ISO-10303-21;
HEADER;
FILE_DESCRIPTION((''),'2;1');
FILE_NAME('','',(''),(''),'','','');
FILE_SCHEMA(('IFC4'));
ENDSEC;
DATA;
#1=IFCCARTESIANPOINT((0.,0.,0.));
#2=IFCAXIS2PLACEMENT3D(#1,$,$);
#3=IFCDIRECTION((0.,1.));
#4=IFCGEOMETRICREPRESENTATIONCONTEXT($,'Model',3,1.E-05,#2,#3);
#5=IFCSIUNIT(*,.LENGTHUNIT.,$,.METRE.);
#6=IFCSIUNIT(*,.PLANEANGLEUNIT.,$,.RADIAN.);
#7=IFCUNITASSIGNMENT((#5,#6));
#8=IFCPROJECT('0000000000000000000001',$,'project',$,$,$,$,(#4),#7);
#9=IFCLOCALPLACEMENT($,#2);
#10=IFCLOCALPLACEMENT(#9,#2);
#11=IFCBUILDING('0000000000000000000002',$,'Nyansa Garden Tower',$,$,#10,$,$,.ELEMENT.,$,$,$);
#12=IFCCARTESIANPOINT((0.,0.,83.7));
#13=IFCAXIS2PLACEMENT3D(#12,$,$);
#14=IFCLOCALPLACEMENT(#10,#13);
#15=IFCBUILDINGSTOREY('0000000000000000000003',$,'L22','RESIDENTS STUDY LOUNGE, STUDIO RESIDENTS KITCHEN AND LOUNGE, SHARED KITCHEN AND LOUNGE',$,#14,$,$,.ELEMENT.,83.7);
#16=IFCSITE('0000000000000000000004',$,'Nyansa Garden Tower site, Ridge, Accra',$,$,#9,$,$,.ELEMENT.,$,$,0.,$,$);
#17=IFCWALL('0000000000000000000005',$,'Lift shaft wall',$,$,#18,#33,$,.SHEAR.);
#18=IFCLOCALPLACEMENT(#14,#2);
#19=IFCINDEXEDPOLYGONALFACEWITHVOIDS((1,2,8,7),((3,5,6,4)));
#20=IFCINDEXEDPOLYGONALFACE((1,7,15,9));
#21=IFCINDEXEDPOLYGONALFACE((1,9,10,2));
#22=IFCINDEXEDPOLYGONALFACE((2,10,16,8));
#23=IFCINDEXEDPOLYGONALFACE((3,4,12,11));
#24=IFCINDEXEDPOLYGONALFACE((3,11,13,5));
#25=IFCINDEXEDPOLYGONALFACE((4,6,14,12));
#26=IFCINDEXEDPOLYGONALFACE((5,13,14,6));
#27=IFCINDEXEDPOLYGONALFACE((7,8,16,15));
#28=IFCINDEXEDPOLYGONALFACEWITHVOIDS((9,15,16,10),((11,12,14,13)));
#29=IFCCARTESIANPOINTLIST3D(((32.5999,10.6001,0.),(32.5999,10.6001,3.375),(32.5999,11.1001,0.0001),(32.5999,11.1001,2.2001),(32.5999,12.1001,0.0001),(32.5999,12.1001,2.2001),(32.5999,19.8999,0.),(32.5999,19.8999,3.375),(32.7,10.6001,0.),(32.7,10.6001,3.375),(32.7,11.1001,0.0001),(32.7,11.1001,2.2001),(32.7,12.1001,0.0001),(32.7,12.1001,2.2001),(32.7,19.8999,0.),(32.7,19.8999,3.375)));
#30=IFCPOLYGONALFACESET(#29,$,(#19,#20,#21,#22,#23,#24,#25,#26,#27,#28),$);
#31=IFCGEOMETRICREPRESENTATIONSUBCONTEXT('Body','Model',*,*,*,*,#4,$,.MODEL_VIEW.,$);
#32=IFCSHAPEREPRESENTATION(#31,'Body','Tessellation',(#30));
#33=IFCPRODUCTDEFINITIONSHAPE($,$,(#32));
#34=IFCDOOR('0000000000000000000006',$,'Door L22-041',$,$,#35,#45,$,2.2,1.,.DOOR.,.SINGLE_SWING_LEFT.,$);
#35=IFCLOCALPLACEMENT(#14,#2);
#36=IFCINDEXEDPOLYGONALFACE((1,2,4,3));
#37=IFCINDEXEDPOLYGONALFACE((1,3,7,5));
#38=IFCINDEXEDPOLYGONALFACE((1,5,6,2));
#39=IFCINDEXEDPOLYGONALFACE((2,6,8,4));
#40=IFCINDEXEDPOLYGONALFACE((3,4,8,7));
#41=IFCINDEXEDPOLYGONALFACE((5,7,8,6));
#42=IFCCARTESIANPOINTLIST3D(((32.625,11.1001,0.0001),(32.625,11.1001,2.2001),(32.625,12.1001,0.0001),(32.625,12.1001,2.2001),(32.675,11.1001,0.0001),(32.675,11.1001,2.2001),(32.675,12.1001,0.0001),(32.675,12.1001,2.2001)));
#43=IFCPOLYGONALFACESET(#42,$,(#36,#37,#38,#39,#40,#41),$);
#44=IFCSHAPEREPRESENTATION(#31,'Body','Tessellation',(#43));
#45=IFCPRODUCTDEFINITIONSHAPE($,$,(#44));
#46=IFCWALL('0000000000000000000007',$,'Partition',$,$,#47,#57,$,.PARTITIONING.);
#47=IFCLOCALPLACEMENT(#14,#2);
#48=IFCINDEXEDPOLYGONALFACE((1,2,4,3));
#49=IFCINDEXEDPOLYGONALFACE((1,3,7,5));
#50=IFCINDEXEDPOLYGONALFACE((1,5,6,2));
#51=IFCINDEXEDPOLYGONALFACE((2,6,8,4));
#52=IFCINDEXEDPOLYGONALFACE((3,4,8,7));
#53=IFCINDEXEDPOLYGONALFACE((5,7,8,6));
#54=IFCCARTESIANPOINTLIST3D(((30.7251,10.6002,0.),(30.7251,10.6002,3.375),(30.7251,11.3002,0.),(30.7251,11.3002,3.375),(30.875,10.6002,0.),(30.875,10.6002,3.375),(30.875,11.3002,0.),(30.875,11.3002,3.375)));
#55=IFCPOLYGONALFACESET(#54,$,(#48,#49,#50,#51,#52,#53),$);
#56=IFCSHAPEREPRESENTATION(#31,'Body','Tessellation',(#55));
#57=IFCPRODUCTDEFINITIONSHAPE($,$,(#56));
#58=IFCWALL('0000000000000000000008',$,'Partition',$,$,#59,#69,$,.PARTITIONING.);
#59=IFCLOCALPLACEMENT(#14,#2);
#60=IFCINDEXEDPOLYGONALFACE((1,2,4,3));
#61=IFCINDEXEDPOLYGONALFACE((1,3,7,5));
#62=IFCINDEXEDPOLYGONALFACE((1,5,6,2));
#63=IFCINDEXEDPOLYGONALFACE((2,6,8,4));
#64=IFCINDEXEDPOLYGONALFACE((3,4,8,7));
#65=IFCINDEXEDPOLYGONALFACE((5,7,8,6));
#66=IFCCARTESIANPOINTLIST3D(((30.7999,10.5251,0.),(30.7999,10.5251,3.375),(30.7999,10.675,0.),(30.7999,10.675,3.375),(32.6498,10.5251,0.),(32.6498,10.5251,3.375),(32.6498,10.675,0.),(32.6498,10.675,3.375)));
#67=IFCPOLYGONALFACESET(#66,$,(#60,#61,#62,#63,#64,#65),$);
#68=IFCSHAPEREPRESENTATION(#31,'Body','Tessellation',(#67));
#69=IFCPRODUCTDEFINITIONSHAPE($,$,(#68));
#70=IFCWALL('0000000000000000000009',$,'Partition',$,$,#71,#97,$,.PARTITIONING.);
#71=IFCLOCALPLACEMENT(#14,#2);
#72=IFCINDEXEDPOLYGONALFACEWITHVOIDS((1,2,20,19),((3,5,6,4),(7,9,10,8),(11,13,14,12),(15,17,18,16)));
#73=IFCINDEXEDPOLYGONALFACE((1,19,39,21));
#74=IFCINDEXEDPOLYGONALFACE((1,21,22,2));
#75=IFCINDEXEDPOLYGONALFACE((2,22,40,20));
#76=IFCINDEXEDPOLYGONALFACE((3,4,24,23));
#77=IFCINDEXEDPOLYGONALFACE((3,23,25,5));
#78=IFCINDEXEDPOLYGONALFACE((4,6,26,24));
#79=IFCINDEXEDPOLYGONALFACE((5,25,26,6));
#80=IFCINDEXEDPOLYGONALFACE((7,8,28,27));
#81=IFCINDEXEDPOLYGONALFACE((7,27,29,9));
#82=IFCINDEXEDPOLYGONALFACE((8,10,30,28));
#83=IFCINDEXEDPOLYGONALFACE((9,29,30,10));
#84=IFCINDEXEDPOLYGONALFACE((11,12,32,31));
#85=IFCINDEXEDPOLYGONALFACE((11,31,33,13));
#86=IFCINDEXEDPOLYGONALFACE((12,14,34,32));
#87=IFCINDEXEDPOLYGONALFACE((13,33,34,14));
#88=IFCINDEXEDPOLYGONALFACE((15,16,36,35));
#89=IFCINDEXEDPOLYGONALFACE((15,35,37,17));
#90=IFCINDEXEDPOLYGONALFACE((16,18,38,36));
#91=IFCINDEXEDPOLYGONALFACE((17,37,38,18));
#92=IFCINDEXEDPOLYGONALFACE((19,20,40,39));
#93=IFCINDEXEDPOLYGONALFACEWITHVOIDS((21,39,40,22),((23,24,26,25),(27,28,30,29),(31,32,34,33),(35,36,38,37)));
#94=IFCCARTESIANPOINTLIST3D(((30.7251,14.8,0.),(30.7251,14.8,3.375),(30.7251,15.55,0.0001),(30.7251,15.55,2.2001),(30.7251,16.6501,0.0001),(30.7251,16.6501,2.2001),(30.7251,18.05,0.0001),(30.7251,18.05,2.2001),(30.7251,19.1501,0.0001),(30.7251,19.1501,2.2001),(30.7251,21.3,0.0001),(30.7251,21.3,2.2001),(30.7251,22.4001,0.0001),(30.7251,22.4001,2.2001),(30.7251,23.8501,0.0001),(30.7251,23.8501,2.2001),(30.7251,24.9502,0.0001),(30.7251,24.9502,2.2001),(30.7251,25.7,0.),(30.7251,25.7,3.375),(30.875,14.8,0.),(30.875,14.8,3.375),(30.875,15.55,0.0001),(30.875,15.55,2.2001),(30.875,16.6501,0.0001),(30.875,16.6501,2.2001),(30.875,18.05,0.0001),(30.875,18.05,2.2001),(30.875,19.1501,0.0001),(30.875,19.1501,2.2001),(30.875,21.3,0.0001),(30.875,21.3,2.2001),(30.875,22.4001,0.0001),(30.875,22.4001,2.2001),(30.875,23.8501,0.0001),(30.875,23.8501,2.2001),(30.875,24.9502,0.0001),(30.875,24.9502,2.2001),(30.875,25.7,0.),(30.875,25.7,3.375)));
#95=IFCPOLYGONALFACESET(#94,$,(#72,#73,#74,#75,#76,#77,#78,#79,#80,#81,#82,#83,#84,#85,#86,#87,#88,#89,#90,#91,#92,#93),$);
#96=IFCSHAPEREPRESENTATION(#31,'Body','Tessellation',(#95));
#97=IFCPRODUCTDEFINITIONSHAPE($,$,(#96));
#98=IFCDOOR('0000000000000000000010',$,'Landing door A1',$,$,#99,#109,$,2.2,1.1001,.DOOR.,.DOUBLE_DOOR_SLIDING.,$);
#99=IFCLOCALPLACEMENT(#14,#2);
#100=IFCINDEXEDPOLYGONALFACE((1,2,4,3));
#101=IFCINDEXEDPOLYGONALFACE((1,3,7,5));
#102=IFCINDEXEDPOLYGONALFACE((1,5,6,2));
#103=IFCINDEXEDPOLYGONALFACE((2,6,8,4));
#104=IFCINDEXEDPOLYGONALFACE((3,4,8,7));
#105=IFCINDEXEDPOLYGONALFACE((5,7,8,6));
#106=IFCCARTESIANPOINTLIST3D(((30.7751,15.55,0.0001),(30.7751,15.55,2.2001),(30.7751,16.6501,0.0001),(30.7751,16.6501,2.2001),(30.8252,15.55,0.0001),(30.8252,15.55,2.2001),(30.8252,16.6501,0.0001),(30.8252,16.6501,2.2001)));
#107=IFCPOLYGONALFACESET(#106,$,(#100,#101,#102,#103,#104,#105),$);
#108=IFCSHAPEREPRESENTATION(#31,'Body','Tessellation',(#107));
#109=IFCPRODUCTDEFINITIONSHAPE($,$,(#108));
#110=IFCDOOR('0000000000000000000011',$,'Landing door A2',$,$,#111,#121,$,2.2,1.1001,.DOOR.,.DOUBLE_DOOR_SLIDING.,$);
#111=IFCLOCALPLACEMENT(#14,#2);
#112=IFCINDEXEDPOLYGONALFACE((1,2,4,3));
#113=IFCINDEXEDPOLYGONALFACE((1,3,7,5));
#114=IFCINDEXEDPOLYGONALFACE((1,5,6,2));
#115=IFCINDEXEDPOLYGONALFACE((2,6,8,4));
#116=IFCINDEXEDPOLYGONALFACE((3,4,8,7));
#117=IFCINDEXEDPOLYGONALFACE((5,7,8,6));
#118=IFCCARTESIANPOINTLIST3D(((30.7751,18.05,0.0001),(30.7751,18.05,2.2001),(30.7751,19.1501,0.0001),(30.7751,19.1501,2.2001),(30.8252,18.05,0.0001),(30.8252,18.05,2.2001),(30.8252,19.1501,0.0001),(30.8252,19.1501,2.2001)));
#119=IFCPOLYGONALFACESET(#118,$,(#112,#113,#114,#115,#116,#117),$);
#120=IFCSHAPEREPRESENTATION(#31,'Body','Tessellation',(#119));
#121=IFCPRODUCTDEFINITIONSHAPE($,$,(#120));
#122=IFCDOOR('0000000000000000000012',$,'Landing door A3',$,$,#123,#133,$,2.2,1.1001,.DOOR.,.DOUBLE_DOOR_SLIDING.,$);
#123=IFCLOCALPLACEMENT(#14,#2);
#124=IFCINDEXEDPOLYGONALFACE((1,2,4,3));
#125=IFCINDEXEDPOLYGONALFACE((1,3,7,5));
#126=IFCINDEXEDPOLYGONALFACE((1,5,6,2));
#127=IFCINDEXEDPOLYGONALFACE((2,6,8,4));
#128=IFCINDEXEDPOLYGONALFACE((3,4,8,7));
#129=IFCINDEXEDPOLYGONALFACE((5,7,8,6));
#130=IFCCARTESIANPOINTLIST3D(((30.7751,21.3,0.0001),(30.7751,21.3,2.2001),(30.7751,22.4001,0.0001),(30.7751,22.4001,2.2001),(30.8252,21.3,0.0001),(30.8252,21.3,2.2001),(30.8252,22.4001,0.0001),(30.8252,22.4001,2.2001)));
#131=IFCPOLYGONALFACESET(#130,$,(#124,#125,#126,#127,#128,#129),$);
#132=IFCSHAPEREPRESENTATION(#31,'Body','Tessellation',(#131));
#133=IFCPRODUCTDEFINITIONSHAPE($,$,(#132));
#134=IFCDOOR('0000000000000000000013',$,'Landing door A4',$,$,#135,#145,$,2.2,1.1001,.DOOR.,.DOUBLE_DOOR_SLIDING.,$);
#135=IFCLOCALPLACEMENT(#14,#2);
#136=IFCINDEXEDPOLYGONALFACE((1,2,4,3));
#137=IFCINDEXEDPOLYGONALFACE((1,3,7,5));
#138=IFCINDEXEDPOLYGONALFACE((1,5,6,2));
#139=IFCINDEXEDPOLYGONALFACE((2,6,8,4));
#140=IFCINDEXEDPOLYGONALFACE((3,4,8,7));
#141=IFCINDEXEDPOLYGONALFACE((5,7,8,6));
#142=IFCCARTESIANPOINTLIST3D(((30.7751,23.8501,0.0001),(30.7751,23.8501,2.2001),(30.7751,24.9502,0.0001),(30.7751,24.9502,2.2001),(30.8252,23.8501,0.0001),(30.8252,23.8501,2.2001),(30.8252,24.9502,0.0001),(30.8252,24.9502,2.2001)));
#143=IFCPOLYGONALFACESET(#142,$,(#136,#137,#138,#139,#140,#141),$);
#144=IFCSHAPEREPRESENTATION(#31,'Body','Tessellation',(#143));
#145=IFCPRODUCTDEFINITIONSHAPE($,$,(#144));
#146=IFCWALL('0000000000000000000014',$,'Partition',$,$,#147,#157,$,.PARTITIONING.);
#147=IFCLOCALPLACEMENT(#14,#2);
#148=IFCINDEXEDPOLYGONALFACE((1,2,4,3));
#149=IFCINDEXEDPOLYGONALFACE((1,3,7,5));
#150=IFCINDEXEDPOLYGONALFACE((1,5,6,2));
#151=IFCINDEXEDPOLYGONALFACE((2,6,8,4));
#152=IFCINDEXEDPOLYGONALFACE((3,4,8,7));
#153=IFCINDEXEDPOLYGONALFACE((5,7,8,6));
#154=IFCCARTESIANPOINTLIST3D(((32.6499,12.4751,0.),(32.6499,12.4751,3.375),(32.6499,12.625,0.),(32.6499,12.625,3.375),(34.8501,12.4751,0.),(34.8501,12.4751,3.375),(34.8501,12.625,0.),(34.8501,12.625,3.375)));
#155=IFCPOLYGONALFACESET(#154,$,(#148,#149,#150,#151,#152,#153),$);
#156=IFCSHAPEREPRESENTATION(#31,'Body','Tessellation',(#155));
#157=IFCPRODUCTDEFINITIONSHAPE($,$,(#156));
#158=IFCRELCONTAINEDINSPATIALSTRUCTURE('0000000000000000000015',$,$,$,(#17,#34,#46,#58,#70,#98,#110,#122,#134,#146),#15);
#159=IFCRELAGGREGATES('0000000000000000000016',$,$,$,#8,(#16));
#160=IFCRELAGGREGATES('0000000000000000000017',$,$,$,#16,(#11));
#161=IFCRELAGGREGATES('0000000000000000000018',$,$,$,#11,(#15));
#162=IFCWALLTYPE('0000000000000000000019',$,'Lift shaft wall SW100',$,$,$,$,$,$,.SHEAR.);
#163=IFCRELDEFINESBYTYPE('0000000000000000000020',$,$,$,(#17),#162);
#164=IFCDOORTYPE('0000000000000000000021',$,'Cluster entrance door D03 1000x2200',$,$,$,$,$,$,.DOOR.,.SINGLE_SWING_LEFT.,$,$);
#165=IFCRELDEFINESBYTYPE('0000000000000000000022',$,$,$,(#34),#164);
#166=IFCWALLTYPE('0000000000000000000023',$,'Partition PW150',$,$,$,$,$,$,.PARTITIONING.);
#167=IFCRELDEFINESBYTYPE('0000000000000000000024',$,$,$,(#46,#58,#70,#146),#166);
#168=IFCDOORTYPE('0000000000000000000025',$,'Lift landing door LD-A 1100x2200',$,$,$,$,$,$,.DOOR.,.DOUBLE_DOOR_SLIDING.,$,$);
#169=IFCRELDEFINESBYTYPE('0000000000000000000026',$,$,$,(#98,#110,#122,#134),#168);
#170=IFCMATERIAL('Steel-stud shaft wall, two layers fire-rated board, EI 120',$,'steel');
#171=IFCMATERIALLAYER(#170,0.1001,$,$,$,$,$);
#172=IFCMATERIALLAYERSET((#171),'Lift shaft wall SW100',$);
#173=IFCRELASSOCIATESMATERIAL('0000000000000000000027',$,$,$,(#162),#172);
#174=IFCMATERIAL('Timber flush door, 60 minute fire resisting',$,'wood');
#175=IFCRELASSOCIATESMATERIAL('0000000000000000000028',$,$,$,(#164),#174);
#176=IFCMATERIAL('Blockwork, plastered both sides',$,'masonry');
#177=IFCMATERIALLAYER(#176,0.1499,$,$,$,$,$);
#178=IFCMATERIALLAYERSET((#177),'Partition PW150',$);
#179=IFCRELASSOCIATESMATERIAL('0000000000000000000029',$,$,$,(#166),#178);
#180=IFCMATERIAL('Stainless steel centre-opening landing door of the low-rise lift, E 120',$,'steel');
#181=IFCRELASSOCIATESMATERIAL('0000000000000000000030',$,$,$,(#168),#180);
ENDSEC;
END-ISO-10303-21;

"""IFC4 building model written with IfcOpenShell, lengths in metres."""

from ifc_helpers import new_model, si_unit, direction, frame, frame_2d, origin, place, context, subcontext, project, spatial, rectangle, extrude, material, layer, layer_set, type_object, element, fill, save


model = new_model("IFC4")

# Units and contexts
model_context = context("Model", 3, precision=1e-05, world=origin(), true_north=direction((0.0, 1.0)))
body_context = subcontext(model_context, "Body", "Model", "MODEL_VIEW")
ifc_project = project(units=[si_unit("LENGTHUNIT", "METRE"), si_unit("PLANEANGLEUNIT", "RADIAN")], contexts=[model_context])

# Site, building, storey
site_placement = place(None, origin())
site = spatial("IfcSite", under=ifc_project, at=site_placement, Name="Nyansa Garden Tower site, Ridge, Accra", CompositionType="ELEMENT", RefElevation=0.0)
building_placement = place(site_placement, origin())
building = spatial("IfcBuilding", under=site, at=building_placement, Name="Nyansa Garden Tower", CompositionType="ELEMENT")
storey_placement = place(building_placement, frame((0.0, 0.0, 83.7)))
storey = spatial("IfcBuildingStorey", under=building, at=storey_placement, Name="L22", Description="RESIDENTS STUDY LOUNGE, STUDIO RESIDENTS KITCHEN AND LOUNGE, SHARED KITCHEN AND LOUNGE", CompositionType="ELEMENT", Elevation=83.7)

# Shared definitions
ifc_material_1 = material(Name="Steel-stud shaft wall, two layers fire-rated board, EI 120", Category="steel")
ifc_layer_1 = layer(ifc_material_1, 0.1001)
ifc_layer_set_1 = layer_set([ifc_layer_1], Name="Lift shaft wall SW100")
wall_type_1 = type_object("IfcWallType", Name="Lift shaft wall SW100", PredefinedType="SHEAR", material=ifc_layer_set_1)

# Wall, opening, door
wall_1_placement = place(storey_placement, frame((32.6499, 10.6001, 0.0), z_axis=(0.0, 0.0, 1.0), x_axis=(0.0, 1.0, 0.0)))
wall_1 = element("IfcWall", 1, at=wall_1_placement, inside=storey, type_object=wall_type_1, Name="Lift shaft wall", PredefinedType="SHEAR", context=body_context, shape_type="SweptSolid", body=[
    extrude(rectangle(XDim=9.2998, YDim=0.1001, at=frame_2d((4.6499, 0.0))), origin(), (0.0, 0.0, 1.0), 3.375),
])
opening_1_placement = place(wall_1_placement, frame((0.5, 0.0, 0.0)))
opening_1 = element("IfcOpeningElement", 2, at=opening_1_placement, cuts=wall_1, PredefinedType="OPENING", context=body_context, shape_type="SweptSolid", body=[
    extrude(rectangle(XDim=1.0, YDim=2.2, at=frame_2d((0.5, 1.1001))), frame((0.0, 0.0601, 0.0), z_axis=(0.0, -1.0, 0.0), x_axis=(1.0, 0.0, 0.0)), (0.0, 0.0, 1.0), 0.1201),
])
ifc_material_2 = material(Name="Timber flush door, 60 minute fire resisting", Category="wood")
door_type_1 = type_object("IfcDoorType", Name="Cluster entrance door D03 1000x2200", OperationType="SINGLE_SWING_LEFT", PredefinedType="DOOR", material=ifc_material_2)
door_1_placement = place(opening_1_placement, origin())
door_1 = element("IfcDoor", 3, at=door_1_placement, inside=storey, type_object=door_type_1, Name="Door L22-041", OperationType="SINGLE_SWING_LEFT", OverallHeight=2.2, OverallWidth=1.0, PredefinedType="DOOR", context=body_context, shape_type="SweptSolid", body=[
    extrude(rectangle(XDim=1.0, YDim=2.2, at=frame_2d((0.5, 1.1001))), frame((0.0, 0.0249, 0.0), z_axis=(0.0, -1.0, 0.0), x_axis=(1.0, 0.0, 0.0)), (0.0, 0.0, 1.0), 0.05),
])
fill(opening_1, door_1)

# Walls
ifc_material_3 = material(Name="Blockwork, plastered both sides", Category="masonry")
ifc_layer_2 = layer(ifc_material_3, 0.1499)
ifc_layer_set_2 = layer_set([ifc_layer_2], Name="Partition PW150")
wall_type_2 = type_object("IfcWallType", Name="Partition PW150", PredefinedType="PARTITIONING", material=ifc_layer_set_2)
wall_2_placement = place(storey_placement, frame((30.8, 10.6001, 0.0), z_axis=(0.0, 0.0, 1.0), x_axis=(0.0, 1.0, 0.0)))
element("IfcWall", 4, at=wall_2_placement, inside=storey, type_object=wall_type_2, Name="Partition", PredefinedType="PARTITIONING", context=body_context, shape_type="SweptSolid", body=[
    extrude(rectangle(XDim=0.7, YDim=0.1499, at=frame_2d((0.3501, 0.0))), origin(), (0.0, 0.0, 1.0), 3.375),
])
wall_3_placement = place(storey_placement, frame((30.8, 10.6001, 0.0), z_axis=(0.0, 0.0, 1.0), x_axis=(1.0, 0.0, 0.0)))
element("IfcWall", 5, at=wall_3_placement, inside=storey, type_object=wall_type_2, Name="Partition", PredefinedType="PARTITIONING", context=body_context, shape_type="SweptSolid", body=[
    extrude(rectangle(XDim=1.8499, YDim=0.1499, at=frame_2d((0.9248, 0.0))), origin(), (0.0, 0.0, 1.0), 3.375),
])

# Wall, openings, doors
wall_4_placement = place(storey_placement, frame((30.8, 14.8, 0.0), z_axis=(0.0, 0.0, 1.0), x_axis=(0.0, 1.0, 0.0)))
wall_4 = element("IfcWall", 6, at=wall_4_placement, inside=storey, type_object=wall_type_2, Name="Partition", PredefinedType="PARTITIONING", context=body_context, shape_type="SweptSolid", body=[
    extrude(rectangle(XDim=10.8999, YDim=0.1499, at=frame_2d((5.45, 0.0))), origin(), (0.0, 0.0, 1.0), 3.375),
])
opening_2_placement = place(wall_4_placement, frame((0.75, 0.0, 0.0)))
opening_2 = element("IfcOpeningElement", 7, at=opening_2_placement, cuts=wall_4, PredefinedType="OPENING", context=body_context, shape_type="SweptSolid", body=[
    extrude(rectangle(XDim=1.1001, YDim=2.2, at=frame_2d((0.55, 1.1001))), frame((0.0, 0.085, 0.0), z_axis=(0.0, -1.0, 0.0), x_axis=(1.0, 0.0, 0.0)), (0.0, 0.0, 1.0), 0.1699),
])
opening_3_placement = place(wall_4_placement, frame((3.25, 0.0, 0.0)))
opening_3 = element("IfcOpeningElement", 8, at=opening_3_placement, cuts=wall_4, PredefinedType="OPENING", context=body_context, shape_type="SweptSolid", body=[
    extrude(rectangle(XDim=1.1001, YDim=2.2, at=frame_2d((0.55, 1.1001))), frame((0.0, 0.085, 0.0), z_axis=(0.0, -1.0, 0.0), x_axis=(1.0, 0.0, 0.0)), (0.0, 0.0, 1.0), 0.1699),
])
opening_4_placement = place(wall_4_placement, frame((6.5, 0.0, 0.0)))
opening_4 = element("IfcOpeningElement", 9, at=opening_4_placement, cuts=wall_4, PredefinedType="OPENING", context=body_context, shape_type="SweptSolid", body=[
    extrude(rectangle(XDim=1.1001, YDim=2.2, at=frame_2d((0.55, 1.1001))), frame((0.0, 0.085, 0.0), z_axis=(0.0, -1.0, 0.0), x_axis=(1.0, 0.0, 0.0)), (0.0, 0.0, 1.0), 0.1699),
])
opening_5_placement = place(wall_4_placement, frame((9.05, 0.0, 0.0)))
opening_5 = element("IfcOpeningElement", 10, at=opening_5_placement, cuts=wall_4, PredefinedType="OPENING", context=body_context, shape_type="SweptSolid", body=[
    extrude(rectangle(XDim=1.1001, YDim=2.2, at=frame_2d((0.55, 1.1001))), frame((0.0, 0.085, 0.0), z_axis=(0.0, -1.0, 0.0), x_axis=(1.0, 0.0, 0.0)), (0.0, 0.0, 1.0), 0.1699),
])
ifc_material_4 = material(Name="Stainless steel centre-opening landing door of the low-rise lift, E 120", Category="steel")
door_type_2 = type_object("IfcDoorType", Name="Lift landing door LD-A 1100x2200", OperationType="DOUBLE_DOOR_SLIDING", PredefinedType="DOOR", material=ifc_material_4)
door_2_placement = place(opening_2_placement, origin())
door_2 = element("IfcDoor", 11, at=door_2_placement, inside=storey, type_object=door_type_2, Name="Landing door A1", OperationType="DOUBLE_DOOR_SLIDING", OverallHeight=2.2, OverallWidth=1.1001, PredefinedType="DOOR", context=body_context, shape_type="SweptSolid", body=[
    extrude(rectangle(XDim=1.1001, YDim=2.2, at=frame_2d((0.55, 1.1001))), frame((0.0, 0.0249, 0.0), z_axis=(0.0, -1.0, 0.0), x_axis=(1.0, 0.0, 0.0)), (0.0, 0.0, 1.0), 0.05),
])
fill(opening_2, door_2)
door_3_placement = place(opening_3_placement, origin())
door_3 = element("IfcDoor", 12, at=door_3_placement, inside=storey, type_object=door_type_2, Name="Landing door A2", OperationType="DOUBLE_DOOR_SLIDING", OverallHeight=2.2, OverallWidth=1.1001, PredefinedType="DOOR", context=body_context, shape_type="SweptSolid", body=[
    extrude(rectangle(XDim=1.1001, YDim=2.2, at=frame_2d((0.55, 1.1001))), frame((0.0, 0.0249, 0.0), z_axis=(0.0, -1.0, 0.0), x_axis=(1.0, 0.0, 0.0)), (0.0, 0.0, 1.0), 0.05),
])
fill(opening_3, door_3)
door_4_placement = place(opening_4_placement, origin())
door_4 = element("IfcDoor", 13, at=door_4_placement, inside=storey, type_object=door_type_2, Name="Landing door A3", OperationType="DOUBLE_DOOR_SLIDING", OverallHeight=2.2, OverallWidth=1.1001, PredefinedType="DOOR", context=body_context, shape_type="SweptSolid", body=[
    extrude(rectangle(XDim=1.1001, YDim=2.2, at=frame_2d((0.55, 1.1001))), frame((0.0, 0.0249, 0.0), z_axis=(0.0, -1.0, 0.0), x_axis=(1.0, 0.0, 0.0)), (0.0, 0.0, 1.0), 0.05),
])
fill(opening_4, door_4)
door_5_placement = place(opening_5_placement, origin())
door_5 = element("IfcDoor", 14, at=door_5_placement, inside=storey, type_object=door_type_2, Name="Landing door A4", OperationType="DOUBLE_DOOR_SLIDING", OverallHeight=2.2, OverallWidth=1.1001, PredefinedType="DOOR", context=body_context, shape_type="SweptSolid", body=[
    extrude(rectangle(XDim=1.1001, YDim=2.2, at=frame_2d((0.55, 1.1001))), frame((0.0, 0.0249, 0.0), z_axis=(0.0, -1.0, 0.0), x_axis=(1.0, 0.0, 0.0)), (0.0, 0.0, 1.0), 0.05),
])
fill(opening_5, door_5)

# Wall
wall_5_placement = place(storey_placement, frame((32.6499, 12.55, 0.0), z_axis=(0.0, 0.0, 1.0), x_axis=(1.0, 0.0, 0.0)))
element("IfcWall", 15, at=wall_5_placement, inside=storey, type_object=wall_type_2, Name="Partition", PredefinedType="PARTITIONING", context=body_context, shape_type="SweptSolid", body=[
    extrude(rectangle(XDim=2.2002, YDim=0.1499, at=frame_2d((1.1001, 0.0))), origin(), (0.0, 0.0, 1.0), 3.375),
])

save(model, "model.ifc")
